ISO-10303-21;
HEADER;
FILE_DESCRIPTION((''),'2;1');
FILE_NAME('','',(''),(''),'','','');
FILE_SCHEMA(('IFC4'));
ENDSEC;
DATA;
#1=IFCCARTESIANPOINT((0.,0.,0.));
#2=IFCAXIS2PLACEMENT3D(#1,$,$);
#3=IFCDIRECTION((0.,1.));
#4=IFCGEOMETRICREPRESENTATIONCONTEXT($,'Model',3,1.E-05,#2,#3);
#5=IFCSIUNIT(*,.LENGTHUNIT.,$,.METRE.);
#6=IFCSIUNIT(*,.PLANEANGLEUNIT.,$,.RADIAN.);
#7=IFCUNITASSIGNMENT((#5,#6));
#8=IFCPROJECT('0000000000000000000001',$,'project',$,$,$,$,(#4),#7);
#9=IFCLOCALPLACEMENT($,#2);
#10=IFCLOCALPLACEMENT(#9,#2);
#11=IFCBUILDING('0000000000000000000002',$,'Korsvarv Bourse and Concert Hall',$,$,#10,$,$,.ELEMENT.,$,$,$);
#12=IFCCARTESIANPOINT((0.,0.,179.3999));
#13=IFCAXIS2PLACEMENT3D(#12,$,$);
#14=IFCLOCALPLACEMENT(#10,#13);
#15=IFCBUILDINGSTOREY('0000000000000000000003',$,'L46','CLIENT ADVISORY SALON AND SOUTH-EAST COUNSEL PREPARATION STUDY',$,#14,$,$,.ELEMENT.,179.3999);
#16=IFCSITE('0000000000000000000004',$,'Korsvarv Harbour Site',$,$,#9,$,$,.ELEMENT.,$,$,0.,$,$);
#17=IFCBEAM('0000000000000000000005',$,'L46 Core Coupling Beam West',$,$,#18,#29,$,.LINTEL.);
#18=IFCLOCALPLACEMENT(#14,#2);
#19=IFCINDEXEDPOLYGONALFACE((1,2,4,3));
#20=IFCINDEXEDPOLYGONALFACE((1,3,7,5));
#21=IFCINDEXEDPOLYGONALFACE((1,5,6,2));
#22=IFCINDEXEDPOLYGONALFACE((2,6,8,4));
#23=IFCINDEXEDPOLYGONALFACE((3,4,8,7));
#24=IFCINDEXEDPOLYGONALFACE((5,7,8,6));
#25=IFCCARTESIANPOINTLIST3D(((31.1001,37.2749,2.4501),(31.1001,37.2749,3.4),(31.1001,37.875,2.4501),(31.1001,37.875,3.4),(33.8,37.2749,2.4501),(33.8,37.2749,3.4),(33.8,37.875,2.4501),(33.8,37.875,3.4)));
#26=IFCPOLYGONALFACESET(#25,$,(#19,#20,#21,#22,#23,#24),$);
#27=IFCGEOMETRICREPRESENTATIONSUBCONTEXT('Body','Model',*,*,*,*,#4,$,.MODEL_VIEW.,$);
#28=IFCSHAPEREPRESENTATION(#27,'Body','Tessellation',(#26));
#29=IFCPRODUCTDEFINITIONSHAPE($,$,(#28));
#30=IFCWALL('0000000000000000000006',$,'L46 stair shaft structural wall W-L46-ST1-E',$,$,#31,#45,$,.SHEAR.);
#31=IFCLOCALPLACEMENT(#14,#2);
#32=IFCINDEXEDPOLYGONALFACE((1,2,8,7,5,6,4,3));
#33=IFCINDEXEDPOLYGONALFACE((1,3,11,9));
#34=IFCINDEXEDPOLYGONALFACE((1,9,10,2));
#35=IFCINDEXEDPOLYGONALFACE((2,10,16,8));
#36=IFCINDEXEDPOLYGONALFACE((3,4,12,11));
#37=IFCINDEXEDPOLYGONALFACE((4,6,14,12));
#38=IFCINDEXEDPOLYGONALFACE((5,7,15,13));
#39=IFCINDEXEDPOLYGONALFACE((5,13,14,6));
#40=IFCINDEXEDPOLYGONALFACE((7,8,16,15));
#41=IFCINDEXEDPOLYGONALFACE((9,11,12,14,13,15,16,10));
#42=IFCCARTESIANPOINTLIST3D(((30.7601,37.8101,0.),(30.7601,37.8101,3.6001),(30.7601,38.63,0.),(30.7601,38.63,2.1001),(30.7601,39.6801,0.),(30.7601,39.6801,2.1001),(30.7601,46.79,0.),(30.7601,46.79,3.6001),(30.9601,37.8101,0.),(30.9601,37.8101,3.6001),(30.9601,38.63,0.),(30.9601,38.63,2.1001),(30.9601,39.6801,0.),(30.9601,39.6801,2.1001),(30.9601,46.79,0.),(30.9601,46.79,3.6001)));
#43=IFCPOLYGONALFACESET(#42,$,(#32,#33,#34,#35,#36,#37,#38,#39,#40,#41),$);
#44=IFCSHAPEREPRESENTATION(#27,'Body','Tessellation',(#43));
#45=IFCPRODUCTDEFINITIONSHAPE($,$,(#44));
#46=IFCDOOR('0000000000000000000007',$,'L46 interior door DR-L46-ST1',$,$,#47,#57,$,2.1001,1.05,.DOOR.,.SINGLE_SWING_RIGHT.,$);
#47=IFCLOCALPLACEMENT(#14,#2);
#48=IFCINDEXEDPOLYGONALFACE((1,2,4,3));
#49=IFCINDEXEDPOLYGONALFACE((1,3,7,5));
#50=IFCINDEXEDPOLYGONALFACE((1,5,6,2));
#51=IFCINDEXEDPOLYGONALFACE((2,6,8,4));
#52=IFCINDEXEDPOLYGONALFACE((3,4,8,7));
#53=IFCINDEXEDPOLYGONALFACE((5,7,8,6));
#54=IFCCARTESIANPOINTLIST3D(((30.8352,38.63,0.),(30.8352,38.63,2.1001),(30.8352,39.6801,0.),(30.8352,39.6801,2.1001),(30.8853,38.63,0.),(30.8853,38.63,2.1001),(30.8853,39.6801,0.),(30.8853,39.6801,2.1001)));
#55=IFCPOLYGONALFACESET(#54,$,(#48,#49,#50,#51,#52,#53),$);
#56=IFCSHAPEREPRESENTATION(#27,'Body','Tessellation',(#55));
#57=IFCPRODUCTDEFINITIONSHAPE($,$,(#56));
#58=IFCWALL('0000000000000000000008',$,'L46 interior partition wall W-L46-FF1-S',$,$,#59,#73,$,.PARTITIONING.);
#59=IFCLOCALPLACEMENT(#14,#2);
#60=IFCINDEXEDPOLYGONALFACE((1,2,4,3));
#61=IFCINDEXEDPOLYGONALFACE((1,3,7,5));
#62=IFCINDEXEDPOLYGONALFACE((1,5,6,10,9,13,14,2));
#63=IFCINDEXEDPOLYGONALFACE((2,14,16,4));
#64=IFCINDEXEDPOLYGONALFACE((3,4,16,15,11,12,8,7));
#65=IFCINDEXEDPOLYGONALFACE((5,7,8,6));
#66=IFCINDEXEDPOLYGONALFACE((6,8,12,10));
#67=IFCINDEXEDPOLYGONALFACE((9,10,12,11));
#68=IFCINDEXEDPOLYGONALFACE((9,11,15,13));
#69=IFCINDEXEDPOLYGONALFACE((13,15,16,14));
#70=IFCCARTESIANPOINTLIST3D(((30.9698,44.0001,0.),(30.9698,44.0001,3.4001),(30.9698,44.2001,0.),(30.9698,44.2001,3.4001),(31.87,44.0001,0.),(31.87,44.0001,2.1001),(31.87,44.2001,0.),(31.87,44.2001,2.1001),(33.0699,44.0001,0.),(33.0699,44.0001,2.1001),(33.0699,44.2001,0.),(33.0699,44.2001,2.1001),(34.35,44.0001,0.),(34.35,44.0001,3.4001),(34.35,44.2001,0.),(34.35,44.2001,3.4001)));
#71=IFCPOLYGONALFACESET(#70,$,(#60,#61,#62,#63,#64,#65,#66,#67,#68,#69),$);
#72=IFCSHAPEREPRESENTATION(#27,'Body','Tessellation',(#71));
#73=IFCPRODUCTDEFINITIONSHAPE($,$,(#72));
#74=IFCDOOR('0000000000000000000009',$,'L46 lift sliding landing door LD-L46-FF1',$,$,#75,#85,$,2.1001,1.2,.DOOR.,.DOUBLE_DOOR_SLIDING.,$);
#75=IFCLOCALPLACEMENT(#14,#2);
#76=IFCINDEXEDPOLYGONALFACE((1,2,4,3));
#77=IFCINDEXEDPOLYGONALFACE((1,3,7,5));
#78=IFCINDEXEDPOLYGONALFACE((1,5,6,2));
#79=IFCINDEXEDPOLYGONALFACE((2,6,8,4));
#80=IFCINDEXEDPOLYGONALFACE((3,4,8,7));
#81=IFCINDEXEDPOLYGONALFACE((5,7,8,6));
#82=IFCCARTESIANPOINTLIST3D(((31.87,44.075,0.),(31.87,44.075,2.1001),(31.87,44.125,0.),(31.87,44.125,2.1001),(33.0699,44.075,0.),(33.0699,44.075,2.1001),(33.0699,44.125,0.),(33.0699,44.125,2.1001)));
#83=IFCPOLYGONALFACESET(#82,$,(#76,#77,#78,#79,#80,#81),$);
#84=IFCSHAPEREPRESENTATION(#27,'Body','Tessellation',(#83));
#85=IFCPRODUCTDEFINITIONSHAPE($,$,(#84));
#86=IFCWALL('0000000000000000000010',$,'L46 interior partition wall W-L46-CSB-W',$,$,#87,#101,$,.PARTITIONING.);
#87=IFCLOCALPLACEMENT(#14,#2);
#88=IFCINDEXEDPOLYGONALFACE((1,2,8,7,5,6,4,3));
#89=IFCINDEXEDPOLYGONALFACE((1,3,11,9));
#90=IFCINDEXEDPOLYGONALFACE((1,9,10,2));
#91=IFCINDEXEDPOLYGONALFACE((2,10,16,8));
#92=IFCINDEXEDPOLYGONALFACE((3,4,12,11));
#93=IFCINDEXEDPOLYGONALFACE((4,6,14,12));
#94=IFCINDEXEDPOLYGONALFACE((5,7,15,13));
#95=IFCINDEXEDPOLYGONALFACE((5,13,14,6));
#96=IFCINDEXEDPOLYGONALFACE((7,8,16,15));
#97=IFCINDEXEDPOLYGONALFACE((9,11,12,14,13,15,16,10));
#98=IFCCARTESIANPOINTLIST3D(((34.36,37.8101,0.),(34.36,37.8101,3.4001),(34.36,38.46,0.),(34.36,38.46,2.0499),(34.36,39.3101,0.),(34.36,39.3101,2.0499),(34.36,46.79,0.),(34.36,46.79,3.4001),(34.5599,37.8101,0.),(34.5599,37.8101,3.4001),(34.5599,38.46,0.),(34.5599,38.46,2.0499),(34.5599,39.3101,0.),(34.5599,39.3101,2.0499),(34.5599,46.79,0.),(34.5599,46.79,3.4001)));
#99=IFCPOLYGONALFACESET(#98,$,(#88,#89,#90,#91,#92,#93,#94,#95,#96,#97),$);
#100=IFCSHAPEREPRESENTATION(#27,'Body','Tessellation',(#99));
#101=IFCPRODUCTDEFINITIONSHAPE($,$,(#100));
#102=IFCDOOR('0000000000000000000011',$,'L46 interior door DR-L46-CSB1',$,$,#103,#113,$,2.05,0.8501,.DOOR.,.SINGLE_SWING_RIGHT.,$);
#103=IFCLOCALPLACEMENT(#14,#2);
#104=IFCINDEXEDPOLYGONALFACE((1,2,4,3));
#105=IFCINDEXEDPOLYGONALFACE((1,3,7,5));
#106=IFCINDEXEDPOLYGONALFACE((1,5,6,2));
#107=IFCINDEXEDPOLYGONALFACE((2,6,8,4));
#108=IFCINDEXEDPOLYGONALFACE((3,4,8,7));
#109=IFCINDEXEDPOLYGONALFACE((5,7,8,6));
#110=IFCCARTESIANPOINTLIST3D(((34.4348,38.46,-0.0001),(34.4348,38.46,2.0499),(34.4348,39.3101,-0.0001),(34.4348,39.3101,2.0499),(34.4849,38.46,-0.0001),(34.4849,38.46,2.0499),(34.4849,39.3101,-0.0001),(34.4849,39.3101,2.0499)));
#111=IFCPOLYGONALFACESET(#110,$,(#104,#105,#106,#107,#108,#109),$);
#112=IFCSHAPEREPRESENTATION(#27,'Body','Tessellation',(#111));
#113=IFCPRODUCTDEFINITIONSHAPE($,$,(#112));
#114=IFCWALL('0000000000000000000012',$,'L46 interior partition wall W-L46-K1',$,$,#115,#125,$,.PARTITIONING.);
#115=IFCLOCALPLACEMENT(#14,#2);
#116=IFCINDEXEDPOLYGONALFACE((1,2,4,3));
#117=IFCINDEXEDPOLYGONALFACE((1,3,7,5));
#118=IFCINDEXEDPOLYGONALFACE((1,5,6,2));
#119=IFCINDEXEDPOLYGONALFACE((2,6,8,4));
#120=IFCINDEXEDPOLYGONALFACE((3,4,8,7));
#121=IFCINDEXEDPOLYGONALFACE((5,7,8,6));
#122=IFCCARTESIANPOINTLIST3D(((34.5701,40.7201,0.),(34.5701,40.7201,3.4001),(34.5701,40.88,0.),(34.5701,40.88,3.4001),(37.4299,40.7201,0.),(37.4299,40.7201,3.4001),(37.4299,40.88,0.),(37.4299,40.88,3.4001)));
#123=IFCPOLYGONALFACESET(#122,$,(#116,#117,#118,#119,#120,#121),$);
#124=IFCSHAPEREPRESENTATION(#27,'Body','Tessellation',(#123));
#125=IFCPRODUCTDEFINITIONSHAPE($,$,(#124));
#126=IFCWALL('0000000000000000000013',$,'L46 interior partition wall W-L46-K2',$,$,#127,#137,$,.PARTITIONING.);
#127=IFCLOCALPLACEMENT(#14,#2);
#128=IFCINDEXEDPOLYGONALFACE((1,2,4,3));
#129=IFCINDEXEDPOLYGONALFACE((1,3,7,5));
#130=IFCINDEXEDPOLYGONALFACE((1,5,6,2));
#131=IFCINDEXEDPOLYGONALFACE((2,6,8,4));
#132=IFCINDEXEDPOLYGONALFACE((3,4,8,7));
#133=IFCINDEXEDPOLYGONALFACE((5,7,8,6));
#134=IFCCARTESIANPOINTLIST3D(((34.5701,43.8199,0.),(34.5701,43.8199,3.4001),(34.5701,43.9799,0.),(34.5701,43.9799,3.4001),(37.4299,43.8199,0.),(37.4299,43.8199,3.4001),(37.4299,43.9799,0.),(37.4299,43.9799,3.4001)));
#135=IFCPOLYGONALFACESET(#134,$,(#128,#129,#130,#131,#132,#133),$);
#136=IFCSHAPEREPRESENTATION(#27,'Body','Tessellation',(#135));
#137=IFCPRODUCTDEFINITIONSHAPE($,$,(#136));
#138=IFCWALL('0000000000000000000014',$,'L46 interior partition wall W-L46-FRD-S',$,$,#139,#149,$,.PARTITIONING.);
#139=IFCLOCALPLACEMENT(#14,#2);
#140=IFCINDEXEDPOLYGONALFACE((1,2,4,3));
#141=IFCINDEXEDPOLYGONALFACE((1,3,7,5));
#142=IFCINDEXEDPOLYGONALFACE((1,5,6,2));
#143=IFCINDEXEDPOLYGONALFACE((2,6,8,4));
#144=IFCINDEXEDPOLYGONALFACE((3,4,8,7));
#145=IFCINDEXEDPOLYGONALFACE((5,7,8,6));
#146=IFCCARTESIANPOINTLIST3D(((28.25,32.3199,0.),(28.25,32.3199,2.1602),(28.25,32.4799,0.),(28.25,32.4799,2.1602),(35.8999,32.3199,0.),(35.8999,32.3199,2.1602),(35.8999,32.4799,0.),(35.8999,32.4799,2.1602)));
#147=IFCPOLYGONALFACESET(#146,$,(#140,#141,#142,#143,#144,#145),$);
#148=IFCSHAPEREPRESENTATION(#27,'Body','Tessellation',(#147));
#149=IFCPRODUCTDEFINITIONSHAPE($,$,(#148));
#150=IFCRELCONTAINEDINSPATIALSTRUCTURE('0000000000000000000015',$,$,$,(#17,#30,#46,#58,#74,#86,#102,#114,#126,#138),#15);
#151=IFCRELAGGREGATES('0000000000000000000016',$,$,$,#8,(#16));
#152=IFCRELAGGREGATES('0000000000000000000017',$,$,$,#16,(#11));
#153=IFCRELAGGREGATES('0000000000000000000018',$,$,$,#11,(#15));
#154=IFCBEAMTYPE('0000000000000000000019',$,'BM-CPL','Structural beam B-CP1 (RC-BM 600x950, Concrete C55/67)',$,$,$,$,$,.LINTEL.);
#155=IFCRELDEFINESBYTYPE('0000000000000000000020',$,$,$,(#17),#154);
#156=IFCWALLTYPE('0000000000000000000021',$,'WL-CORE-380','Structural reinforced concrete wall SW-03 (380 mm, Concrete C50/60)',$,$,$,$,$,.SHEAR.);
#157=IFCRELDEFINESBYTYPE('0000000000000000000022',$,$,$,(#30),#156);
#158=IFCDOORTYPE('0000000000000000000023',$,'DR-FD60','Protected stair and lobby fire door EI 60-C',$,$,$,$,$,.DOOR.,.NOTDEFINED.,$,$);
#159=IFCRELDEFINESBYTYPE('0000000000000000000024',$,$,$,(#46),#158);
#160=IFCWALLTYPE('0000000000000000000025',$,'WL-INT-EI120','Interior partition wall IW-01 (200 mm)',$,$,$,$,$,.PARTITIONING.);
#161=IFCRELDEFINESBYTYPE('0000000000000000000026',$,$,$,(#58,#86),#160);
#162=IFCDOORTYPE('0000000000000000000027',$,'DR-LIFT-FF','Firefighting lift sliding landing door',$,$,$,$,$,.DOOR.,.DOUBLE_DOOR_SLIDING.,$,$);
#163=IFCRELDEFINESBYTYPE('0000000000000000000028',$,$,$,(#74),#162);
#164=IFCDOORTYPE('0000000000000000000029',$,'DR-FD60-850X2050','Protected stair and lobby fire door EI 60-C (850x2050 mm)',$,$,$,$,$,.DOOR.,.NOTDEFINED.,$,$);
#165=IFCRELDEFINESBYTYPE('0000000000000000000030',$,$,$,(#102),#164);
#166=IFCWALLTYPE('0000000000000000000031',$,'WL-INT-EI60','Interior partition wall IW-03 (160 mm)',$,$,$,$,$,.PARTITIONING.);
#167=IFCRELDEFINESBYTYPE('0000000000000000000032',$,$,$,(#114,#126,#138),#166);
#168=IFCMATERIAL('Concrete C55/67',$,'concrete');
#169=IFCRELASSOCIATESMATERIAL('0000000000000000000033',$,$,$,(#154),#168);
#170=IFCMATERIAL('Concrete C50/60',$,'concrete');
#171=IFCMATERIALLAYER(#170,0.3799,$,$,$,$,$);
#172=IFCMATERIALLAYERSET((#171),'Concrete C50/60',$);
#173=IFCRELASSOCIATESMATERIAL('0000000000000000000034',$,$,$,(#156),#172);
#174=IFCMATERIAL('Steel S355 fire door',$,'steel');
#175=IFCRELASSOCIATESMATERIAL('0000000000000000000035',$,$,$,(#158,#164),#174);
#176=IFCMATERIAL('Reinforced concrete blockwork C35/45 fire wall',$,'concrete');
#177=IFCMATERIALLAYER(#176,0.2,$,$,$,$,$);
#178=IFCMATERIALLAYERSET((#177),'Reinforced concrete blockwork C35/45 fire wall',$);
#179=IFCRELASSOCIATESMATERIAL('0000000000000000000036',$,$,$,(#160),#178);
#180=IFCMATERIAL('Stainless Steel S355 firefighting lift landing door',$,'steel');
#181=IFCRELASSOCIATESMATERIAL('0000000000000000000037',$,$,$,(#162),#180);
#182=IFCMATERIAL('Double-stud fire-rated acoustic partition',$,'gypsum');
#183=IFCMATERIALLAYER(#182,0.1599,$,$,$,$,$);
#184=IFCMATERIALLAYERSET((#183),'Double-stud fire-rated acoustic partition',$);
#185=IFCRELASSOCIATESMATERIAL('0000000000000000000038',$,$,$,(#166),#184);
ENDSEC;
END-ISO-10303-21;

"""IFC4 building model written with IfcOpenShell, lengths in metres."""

from ifc_helpers import new_model, si_unit, direction, frame, frame_2d, origin, origin_2d, place, context, subcontext, project, spatial, rectangle, extrude, source, transform, mapped, material, layer, layer_set, material_profile, profile_set, type_object, element, fill, save


model = new_model("IFC4")

# Units and contexts
model_context = context("Model", 3, precision=1e-05, world=origin(), true_north=direction((0.0, 1.0)))
body_context = subcontext(model_context, "Body", "Model", "MODEL_VIEW")
ifc_project = project(units=[si_unit("LENGTHUNIT", "METRE"), si_unit("PLANEANGLEUNIT", "RADIAN")], contexts=[model_context])

# Site, building, storey
site_placement = place(None, origin())
site = spatial("IfcSite", under=ifc_project, at=site_placement, Name="Korsvarv Harbour Site", CompositionType="ELEMENT", RefElevation=0.0)
building_placement = place(site_placement, origin())
building = spatial("IfcBuilding", under=site, at=building_placement, Name="Korsvarv Bourse and Concert Hall", CompositionType="ELEMENT")
storey_placement = place(building_placement, frame((0.0, 0.0, 179.3999)))
storey = spatial("IfcBuildingStorey", under=building, at=storey_placement, Name="L46", Description="CLIENT ADVISORY SALON AND SOUTH-EAST COUNSEL PREPARATION STUDY", CompositionType="ELEMENT", Elevation=179.3999)

# Beam
ifc_material_1 = material(Name="Concrete C55/67", Category="concrete")
ifc_material_profile = material_profile(ifc_material_1, rectangle(XDim=0.6001, YDim=0.95, at=origin_2d()), Name="RC-BM 600x950")
ifc_profile_set = profile_set([ifc_material_profile], Name="Concrete C55/67")
beam_type = type_object("IfcBeamType", Name="BM-CPL", Description="Structural beam B-CP1 (RC-BM 600x950, Concrete C55/67)", PredefinedType="LINTEL", material=ifc_profile_set)
shared_shape = source(origin(), body_context, "Body", "SweptSolid", [
    extrude(rectangle(XDim=0.6001, YDim=0.95, at=origin_2d()), origin(), (0.0, 0.0, 1.0), 2.7),
])
beam_placement = place(storey_placement, frame((31.1001, 37.575, 2.925), z_axis=(1.0, 0.0, 0.0), x_axis=(0.0, 1.0, 0.0)))
element("IfcBeam", 1, at=beam_placement, inside=storey, type_object=beam_type, Name="L46 Core Coupling Beam West", PredefinedType="LINTEL", context=body_context, shape_type="MappedRepresentation", body=[
    mapped(shared_shape, transform((0.0, 0.0, 0.0), scale=1.0)),
])

# Walls, openings, doors
ifc_material_2 = material(Name="Concrete C50/60", Category="concrete")
ifc_layer_1 = layer(ifc_material_2, 0.3799)
ifc_layer_set_1 = layer_set([ifc_layer_1], Name="Concrete C50/60")
wall_type_1 = type_object("IfcWallType", Name="WL-CORE-380", Description="Structural reinforced concrete wall SW-03 (380 mm, Concrete C50/60)", PredefinedType="SHEAR", material=ifc_layer_set_1)
wall_1_placement = place(storey_placement, frame((30.8601, 37.8101, 0.0), z_axis=(0.0, 0.0, 1.0), x_axis=(0.0, 1.0, 0.0)))
wall_1 = element("IfcWall", 2, at=wall_1_placement, inside=storey, type_object=wall_type_1, Name="L46 stair shaft structural wall W-L46-ST1-E", PredefinedType="SHEAR", context=body_context, shape_type="SweptSolid", body=[
    extrude(rectangle(XDim=8.98, YDim=0.2, at=frame_2d((4.49, 0.0))), origin(), (0.0, 0.0, 1.0), 3.6001),
])
opening_1_placement = place(wall_1_placement, frame((0.8201, 0.0, 0.0)))
opening_1 = element("IfcOpeningElement", 3, at=opening_1_placement, cuts=wall_1, PredefinedType="OPENING", context=body_context, shape_type="SweptSolid", body=[
    extrude(rectangle(XDim=1.05, YDim=2.1001, at=frame_2d((0.5249, 1.05))), frame((0.0, 0.1099, 0.0), z_axis=(0.0, -1.0, 0.0), x_axis=(1.0, 0.0, 0.0)), (0.0, 0.0, 1.0), 0.22),
])
ifc_material_3 = material(Name="Steel S355 fire door", Category="steel")
door_type_1 = type_object("IfcDoorType", Name="DR-FD60", Description="Protected stair and lobby fire door EI 60-C", OperationType="NOTDEFINED", PredefinedType="DOOR", material=ifc_material_3)
door_1_placement = place(opening_1_placement, origin())
door_1 = element("IfcDoor", 4, at=door_1_placement, inside=storey, type_object=door_type_1, Name="L46 interior door DR-L46-ST1", OperationType="SINGLE_SWING_RIGHT", OverallHeight=2.1001, OverallWidth=1.05, PredefinedType="DOOR", context=body_context, shape_type="SweptSolid", body=[
    extrude(rectangle(XDim=1.05, YDim=2.1001, at=frame_2d((0.5249, 1.05))), frame((0.0, 0.0249, 0.0), z_axis=(0.0, -1.0, 0.0), x_axis=(1.0, 0.0, 0.0)), (0.0, 0.0, 1.0), 0.05),
])
fill(opening_1, door_1)
ifc_material_4 = material(Name="Reinforced concrete blockwork C35/45 fire wall", Category="concrete")
ifc_layer_2 = layer(ifc_material_4, 0.2)
ifc_layer_set_2 = layer_set([ifc_layer_2], Name="Reinforced concrete blockwork C35/45 fire wall")
wall_type_2 = type_object("IfcWallType", Name="WL-INT-EI120", Description="Interior partition wall IW-01 (200 mm)", PredefinedType="PARTITIONING", material=ifc_layer_set_2)
wall_2_placement = place(storey_placement, frame((30.97, 44.1001, 0.0), z_axis=(0.0, 0.0, 1.0), x_axis=(1.0, 0.0, 0.0)))
wall_2 = element("IfcWall", 5, at=wall_2_placement, inside=storey, type_object=wall_type_2, Name="L46 interior partition wall W-L46-FF1-S", PredefinedType="PARTITIONING", context=body_context, shape_type="SweptSolid", body=[
    extrude(rectangle(XDim=3.3801, YDim=0.2, at=frame_2d((1.6899, 0.0))), origin(), (0.0, 0.0, 1.0), 3.4001),
])
opening_2_placement = place(wall_2_placement, frame((0.8999, 0.0, 0.0)))
opening_2 = element("IfcOpeningElement", 6, at=opening_2_placement, cuts=wall_2, PredefinedType="OPENING", context=body_context, shape_type="SweptSolid", body=[
    extrude(rectangle(XDim=1.2, YDim=2.1001, at=frame_2d((0.6001, 1.05))), frame((0.0, 0.1099, 0.0), z_axis=(0.0, -1.0, 0.0), x_axis=(1.0, 0.0, 0.0)), (0.0, 0.0, 1.0), 0.22),
])
ifc_material_5 = material(Name="Stainless Steel S355 firefighting lift landing door", Category="steel")
door_type_2 = type_object("IfcDoorType", Name="DR-LIFT-FF", Description="Firefighting lift sliding landing door", OperationType="DOUBLE_DOOR_SLIDING", PredefinedType="DOOR", material=ifc_material_5)
door_2_placement = place(opening_2_placement, origin())
door_2 = element("IfcDoor", 7, at=door_2_placement, inside=storey, type_object=door_type_2, Name="L46 lift sliding landing door LD-L46-FF1", OperationType="DOUBLE_DOOR_SLIDING", OverallHeight=2.1001, OverallWidth=1.2, PredefinedType="DOOR", context=body_context, shape_type="SweptSolid", body=[
    extrude(rectangle(XDim=1.2, YDim=2.1001, at=frame_2d((0.6001, 1.05))), frame((0.0, 0.0249, 0.0), z_axis=(0.0, -1.0, 0.0), x_axis=(1.0, 0.0, 0.0)), (0.0, 0.0, 1.0), 0.05),
])
fill(opening_2, door_2)
wall_3_placement = place(storey_placement, frame((34.46, 37.8101, 0.0), z_axis=(0.0, 0.0, 1.0), x_axis=(0.0, 1.0, 0.0)))
wall_3 = element("IfcWall", 8, at=wall_3_placement, inside=storey, type_object=wall_type_2, Name="L46 interior partition wall W-L46-CSB-W", PredefinedType="PARTITIONING", context=body_context, shape_type="SweptSolid", body=[
    extrude(rectangle(XDim=8.98, YDim=0.2, at=frame_2d((4.49, 0.0))), origin(), (0.0, 0.0, 1.0), 3.4001),
])
opening_3_placement = place(wall_3_placement, frame((0.6499, 0.0, 0.0)))
opening_3 = element("IfcOpeningElement", 9, at=opening_3_placement, cuts=wall_3, PredefinedType="OPENING", context=body_context, shape_type="SweptSolid", body=[
    extrude(rectangle(XDim=0.8501, YDim=2.05, at=frame_2d((0.425, 1.0249))), frame((0.0, 0.1099, 0.0), z_axis=(0.0, -1.0, 0.0), x_axis=(1.0, 0.0, 0.0)), (0.0, 0.0, 1.0), 0.22),
])
door_type_3 = type_object("IfcDoorType", Name="DR-FD60-850X2050", Description="Protected stair and lobby fire door EI 60-C (850x2050 mm)", OperationType="NOTDEFINED", PredefinedType="DOOR", material=ifc_material_3)
door_3_placement = place(opening_3_placement, frame((0.8501, 0.0, 0.0), z_axis=(0.0, 0.0, 1.0), x_axis=(-1.0, 0.0, 0.0)))
door_3 = element("IfcDoor", 10, at=door_3_placement, inside=storey, type_object=door_type_3, Name="L46 interior door DR-L46-CSB1", OperationType="SINGLE_SWING_RIGHT", OverallHeight=2.05, OverallWidth=0.8501, PredefinedType="DOOR", context=body_context, shape_type="SweptSolid", body=[
    extrude(rectangle(XDim=0.8501, YDim=2.05, at=frame_2d((0.425, 1.0249))), frame((0.0, 0.0249, 0.0), z_axis=(0.0, -1.0, 0.0), x_axis=(1.0, 0.0, 0.0)), (0.0, 0.0, 1.0), 0.05),
])
fill(opening_3, door_3)

# Walls
ifc_material_6 = material(Name="Double-stud fire-rated acoustic partition", Category="gypsum")
ifc_layer_3 = layer(ifc_material_6, 0.1599)
ifc_layer_set_3 = layer_set([ifc_layer_3], Name="Double-stud fire-rated acoustic partition")
wall_type_3 = type_object("IfcWallType", Name="WL-INT-EI60", Description="Interior partition wall IW-03 (160 mm)", PredefinedType="PARTITIONING", material=ifc_layer_set_3)
for number, where, z_axis, x_axis, name in (
    (11, (34.5701, 40.8, 0.0), (0.0, 0.0, 1.0), (1.0, 0.0, 0.0), "L46 interior partition wall W-L46-K1"),
    (12, (34.5701, 43.8999, 0.0), (0.0, 0.0, 1.0), (1.0, 0.0, 0.0), "L46 interior partition wall W-L46-K2"),
):
    element("IfcWall", number, at=place(storey_placement, frame(where, z_axis=z_axis, x_axis=x_axis)), inside=storey, type_object=wall_type_3, Name=name, PredefinedType="PARTITIONING", context=body_context, shape_type="SweptSolid", body=[
        extrude(rectangle(XDim=2.8599, YDim=0.1599, at=frame_2d((1.4299, 0.0))), origin(), (0.0, 0.0, 1.0), 3.4001),
    ])
wall_4_placement = place(storey_placement, frame((28.25, 32.3999, 0.0), z_axis=(0.0, 0.0, 1.0), x_axis=(1.0, 0.0, 0.0)))
element("IfcWall", 13, at=wall_4_placement, inside=storey, type_object=wall_type_3, Name="L46 interior partition wall W-L46-FRD-S", PredefinedType="PARTITIONING", context=body_context, shape_type="SweptSolid", body=[
    extrude(rectangle(XDim=7.6499, YDim=0.1599, at=frame_2d((3.825, 0.0))), origin(), (0.0, 0.0, 1.0), 2.1602),
])

save(model, "model.ifc")
